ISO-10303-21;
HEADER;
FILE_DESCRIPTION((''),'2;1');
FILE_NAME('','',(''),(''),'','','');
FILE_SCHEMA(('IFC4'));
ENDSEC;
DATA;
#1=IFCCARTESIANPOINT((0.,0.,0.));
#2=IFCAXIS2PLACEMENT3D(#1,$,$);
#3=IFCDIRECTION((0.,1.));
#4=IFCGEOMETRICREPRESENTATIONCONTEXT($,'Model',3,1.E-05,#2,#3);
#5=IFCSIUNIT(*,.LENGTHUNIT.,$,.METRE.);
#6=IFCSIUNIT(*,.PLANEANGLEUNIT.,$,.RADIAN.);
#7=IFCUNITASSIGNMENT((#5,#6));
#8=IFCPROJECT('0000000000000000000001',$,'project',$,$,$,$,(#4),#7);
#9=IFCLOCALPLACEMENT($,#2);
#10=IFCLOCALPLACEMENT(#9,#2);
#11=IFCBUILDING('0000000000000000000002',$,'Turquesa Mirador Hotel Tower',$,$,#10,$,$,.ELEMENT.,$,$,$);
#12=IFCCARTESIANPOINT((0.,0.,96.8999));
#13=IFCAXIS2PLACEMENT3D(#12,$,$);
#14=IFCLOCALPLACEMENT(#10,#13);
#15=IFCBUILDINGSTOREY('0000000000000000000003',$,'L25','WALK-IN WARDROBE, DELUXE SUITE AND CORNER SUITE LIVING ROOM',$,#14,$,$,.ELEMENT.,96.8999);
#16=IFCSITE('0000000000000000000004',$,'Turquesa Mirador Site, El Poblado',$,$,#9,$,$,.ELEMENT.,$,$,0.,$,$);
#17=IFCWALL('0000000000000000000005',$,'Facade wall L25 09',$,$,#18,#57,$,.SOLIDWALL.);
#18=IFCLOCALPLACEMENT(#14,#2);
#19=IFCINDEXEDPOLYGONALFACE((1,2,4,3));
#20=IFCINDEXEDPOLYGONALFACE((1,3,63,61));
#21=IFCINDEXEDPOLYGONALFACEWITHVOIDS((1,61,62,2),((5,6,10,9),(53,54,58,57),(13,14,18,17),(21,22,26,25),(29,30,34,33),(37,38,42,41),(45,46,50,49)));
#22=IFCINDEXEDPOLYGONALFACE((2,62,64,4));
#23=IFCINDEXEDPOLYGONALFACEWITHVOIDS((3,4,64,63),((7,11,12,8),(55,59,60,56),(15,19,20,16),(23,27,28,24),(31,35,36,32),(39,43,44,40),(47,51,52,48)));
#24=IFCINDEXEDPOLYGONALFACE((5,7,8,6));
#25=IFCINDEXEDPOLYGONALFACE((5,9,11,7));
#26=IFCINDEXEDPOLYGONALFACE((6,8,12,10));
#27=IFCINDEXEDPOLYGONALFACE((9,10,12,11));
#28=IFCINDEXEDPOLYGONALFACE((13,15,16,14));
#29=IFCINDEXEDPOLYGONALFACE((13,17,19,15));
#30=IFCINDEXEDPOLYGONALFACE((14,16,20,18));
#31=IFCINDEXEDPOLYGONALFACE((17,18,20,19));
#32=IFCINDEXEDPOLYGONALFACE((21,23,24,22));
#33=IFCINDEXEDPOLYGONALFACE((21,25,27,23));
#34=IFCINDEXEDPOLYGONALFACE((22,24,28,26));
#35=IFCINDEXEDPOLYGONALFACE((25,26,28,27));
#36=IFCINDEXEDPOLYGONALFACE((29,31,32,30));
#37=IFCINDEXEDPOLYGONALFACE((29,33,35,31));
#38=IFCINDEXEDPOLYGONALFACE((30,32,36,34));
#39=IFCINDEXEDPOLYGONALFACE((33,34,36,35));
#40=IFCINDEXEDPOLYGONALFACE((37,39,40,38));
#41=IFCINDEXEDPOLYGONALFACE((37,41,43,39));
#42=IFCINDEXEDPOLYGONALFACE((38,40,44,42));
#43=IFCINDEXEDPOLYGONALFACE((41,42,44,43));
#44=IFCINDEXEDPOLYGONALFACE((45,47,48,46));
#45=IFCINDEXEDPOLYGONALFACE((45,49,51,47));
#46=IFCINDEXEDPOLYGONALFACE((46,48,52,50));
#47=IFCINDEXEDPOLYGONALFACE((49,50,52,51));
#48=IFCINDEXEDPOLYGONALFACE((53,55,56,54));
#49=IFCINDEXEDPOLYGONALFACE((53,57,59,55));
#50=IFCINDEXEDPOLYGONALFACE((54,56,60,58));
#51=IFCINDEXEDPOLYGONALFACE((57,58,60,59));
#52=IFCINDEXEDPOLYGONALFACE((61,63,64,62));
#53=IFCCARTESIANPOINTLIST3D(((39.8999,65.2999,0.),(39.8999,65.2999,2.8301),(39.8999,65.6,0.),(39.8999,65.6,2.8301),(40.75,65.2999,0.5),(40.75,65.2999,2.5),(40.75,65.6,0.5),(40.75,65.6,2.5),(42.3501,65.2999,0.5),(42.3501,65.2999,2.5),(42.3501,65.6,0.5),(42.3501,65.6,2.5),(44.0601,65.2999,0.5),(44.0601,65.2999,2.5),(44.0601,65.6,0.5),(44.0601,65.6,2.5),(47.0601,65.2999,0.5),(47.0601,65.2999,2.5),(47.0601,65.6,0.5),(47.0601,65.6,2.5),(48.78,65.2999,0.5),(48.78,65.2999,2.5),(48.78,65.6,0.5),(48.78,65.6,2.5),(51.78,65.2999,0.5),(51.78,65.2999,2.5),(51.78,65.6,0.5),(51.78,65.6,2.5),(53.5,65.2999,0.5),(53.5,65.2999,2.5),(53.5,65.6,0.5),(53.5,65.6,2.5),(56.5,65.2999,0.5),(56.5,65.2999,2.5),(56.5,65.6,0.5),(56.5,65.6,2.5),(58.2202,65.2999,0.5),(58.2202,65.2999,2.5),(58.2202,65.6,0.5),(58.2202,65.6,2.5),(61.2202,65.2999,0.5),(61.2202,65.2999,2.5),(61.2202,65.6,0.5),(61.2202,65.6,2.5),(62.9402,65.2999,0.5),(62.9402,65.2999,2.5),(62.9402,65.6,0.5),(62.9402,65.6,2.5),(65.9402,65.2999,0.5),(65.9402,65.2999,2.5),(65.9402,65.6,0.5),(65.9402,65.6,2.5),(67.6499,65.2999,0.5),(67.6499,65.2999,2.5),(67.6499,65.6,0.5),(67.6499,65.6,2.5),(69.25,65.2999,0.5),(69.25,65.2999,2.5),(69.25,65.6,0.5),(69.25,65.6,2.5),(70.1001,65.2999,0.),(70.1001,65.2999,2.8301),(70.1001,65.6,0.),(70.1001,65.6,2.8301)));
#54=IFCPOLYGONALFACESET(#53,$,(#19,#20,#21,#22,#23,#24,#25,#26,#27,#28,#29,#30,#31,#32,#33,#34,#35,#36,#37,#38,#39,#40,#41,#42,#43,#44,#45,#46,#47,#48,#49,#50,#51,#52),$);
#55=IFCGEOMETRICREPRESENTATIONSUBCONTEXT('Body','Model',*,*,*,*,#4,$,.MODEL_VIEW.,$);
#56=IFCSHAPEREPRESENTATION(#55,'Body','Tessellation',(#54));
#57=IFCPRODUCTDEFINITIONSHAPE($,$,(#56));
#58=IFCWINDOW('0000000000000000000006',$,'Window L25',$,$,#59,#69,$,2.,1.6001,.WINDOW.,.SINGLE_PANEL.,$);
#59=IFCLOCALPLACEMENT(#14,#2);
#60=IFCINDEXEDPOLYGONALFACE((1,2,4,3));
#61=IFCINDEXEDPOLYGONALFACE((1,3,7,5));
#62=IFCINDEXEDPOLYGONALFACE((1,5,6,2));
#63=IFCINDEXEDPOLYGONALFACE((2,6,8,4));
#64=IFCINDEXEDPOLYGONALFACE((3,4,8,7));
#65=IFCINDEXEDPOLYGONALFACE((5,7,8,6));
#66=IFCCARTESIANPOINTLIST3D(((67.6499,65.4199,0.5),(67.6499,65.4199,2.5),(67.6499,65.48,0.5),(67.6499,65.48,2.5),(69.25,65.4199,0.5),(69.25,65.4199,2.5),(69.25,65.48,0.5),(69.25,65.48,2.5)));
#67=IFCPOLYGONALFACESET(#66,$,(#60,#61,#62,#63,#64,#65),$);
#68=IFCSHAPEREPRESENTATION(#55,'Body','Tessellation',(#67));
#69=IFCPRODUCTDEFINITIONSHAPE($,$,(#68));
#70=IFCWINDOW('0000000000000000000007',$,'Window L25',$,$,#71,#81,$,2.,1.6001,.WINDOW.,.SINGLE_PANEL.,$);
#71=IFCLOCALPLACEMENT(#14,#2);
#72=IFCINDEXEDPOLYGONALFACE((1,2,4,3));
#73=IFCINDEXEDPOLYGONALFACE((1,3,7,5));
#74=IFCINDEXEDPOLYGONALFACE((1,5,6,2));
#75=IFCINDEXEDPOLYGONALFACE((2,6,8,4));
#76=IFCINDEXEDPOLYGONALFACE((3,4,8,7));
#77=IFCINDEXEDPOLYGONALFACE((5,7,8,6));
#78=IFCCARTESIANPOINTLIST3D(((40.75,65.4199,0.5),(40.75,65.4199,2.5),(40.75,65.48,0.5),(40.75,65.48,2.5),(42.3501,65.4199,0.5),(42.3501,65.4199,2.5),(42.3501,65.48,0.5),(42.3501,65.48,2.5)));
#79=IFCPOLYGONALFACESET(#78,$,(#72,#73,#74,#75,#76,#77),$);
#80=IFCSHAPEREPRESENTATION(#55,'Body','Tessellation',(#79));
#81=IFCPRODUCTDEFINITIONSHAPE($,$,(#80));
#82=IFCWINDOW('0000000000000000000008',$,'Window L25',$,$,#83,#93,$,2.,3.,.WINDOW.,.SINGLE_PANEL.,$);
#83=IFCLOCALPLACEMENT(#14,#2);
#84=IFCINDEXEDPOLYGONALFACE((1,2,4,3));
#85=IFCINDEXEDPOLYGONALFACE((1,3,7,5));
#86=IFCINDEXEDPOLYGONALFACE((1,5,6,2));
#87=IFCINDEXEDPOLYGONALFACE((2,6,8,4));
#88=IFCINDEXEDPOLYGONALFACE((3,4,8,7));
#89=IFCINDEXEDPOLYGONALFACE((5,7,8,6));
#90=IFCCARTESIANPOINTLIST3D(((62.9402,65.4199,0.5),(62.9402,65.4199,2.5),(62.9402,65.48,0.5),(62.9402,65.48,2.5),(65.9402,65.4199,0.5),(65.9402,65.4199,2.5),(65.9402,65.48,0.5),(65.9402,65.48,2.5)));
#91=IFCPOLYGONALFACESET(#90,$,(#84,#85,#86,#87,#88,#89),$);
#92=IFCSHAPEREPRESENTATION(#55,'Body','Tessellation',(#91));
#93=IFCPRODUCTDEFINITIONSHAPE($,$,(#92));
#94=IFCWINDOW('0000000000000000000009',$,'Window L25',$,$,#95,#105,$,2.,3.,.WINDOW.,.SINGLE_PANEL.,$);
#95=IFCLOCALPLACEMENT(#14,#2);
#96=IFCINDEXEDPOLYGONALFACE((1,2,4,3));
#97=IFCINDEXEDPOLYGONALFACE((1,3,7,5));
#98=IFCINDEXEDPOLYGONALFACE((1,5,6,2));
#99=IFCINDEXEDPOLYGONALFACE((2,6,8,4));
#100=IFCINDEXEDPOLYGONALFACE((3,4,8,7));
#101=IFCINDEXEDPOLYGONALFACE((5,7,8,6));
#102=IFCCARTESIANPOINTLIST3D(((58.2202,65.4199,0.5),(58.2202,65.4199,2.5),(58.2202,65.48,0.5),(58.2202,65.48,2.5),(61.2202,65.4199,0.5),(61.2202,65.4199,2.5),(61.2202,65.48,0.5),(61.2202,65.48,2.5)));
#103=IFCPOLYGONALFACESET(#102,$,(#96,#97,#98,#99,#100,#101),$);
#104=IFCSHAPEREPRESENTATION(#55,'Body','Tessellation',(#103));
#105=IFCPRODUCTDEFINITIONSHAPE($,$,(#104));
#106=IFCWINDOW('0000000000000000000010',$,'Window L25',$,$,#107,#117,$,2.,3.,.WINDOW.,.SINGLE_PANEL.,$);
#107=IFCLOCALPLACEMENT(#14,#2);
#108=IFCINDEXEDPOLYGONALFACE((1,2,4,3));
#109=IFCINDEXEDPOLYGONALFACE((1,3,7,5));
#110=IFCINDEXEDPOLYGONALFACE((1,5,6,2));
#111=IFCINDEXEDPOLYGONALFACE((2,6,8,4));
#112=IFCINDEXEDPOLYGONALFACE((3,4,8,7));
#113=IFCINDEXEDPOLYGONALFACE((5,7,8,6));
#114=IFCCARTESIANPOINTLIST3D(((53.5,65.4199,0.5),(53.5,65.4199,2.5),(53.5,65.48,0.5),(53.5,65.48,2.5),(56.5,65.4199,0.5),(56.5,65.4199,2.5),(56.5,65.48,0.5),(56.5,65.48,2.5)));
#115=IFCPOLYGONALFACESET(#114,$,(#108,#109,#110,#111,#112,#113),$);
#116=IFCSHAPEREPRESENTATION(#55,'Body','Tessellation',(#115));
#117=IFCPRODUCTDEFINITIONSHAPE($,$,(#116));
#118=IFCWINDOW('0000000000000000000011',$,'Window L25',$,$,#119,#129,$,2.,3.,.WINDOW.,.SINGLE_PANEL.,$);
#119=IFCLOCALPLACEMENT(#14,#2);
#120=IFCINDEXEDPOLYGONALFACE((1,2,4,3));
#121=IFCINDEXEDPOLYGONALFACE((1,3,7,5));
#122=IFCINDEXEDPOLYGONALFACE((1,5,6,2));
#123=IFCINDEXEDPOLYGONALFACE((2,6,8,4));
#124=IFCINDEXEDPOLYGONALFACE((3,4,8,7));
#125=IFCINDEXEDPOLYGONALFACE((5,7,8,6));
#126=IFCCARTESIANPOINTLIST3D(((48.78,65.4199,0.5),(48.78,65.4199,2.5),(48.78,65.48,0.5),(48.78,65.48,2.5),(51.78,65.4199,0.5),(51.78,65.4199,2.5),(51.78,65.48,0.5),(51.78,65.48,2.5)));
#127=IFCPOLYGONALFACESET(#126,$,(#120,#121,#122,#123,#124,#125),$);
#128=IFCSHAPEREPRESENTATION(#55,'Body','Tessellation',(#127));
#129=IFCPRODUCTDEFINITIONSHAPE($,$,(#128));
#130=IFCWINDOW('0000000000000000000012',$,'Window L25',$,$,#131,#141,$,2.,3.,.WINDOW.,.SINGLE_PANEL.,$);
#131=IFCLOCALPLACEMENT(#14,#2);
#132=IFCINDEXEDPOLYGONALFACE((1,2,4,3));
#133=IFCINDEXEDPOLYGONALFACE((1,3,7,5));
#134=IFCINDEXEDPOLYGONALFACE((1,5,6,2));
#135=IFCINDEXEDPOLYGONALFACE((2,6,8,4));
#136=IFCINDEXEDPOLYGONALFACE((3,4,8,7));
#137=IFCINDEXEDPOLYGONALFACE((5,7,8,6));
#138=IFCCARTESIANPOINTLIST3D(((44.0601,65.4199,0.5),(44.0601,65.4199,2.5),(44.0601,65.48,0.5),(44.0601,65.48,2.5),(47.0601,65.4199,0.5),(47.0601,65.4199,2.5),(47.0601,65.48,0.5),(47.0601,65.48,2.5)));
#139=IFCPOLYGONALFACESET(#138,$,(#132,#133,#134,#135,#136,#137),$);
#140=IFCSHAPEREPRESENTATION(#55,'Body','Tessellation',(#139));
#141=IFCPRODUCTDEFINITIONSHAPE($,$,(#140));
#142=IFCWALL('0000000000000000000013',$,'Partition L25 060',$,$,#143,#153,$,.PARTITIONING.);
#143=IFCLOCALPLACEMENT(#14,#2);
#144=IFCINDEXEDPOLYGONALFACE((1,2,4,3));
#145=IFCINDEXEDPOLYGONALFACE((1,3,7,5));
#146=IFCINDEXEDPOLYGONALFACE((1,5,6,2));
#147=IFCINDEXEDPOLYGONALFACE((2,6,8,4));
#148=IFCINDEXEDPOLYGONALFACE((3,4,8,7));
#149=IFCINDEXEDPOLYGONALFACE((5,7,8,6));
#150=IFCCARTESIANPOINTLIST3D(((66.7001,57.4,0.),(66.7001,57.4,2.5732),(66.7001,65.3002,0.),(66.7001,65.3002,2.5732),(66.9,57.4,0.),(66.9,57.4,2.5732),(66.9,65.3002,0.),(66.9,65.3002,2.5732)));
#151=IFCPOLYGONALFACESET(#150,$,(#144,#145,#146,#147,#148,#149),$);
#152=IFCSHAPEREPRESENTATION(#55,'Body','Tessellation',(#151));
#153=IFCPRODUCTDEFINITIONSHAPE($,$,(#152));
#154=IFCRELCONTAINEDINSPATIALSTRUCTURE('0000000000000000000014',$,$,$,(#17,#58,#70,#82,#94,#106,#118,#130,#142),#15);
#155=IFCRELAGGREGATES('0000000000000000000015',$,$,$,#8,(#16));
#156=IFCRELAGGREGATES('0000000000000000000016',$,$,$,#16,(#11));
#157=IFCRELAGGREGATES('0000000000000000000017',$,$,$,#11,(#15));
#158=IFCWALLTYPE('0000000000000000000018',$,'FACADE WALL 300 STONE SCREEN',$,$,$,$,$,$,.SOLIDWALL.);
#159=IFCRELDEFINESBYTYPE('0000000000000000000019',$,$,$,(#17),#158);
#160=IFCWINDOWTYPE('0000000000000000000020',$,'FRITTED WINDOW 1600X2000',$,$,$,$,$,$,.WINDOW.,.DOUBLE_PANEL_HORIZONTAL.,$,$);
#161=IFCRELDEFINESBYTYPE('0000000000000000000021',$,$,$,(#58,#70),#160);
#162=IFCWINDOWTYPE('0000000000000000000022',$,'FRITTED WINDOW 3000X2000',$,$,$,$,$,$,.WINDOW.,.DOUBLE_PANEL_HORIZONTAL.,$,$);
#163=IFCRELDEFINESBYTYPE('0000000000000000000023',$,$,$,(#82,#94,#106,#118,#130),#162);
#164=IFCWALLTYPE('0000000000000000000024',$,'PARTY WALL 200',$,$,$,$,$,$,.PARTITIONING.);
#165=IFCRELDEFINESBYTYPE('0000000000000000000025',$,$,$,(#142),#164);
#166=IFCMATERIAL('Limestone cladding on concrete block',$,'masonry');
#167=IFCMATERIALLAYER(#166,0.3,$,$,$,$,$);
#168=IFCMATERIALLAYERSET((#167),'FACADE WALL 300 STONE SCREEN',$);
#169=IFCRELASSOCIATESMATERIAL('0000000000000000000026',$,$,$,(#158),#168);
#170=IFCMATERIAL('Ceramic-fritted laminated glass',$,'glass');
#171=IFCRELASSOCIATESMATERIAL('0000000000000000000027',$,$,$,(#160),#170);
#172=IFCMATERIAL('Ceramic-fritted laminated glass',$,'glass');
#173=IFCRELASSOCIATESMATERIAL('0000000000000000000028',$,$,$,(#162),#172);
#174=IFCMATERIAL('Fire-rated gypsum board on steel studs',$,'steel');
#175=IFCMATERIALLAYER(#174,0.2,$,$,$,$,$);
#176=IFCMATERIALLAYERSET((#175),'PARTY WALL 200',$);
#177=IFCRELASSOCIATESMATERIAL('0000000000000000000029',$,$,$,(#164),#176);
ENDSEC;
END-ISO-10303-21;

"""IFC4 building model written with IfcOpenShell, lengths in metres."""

from ifc_helpers import new_model, si_unit, direction, frame, frame_2d, origin, place, context, subcontext, project, spatial, rectangle, extrude, material, layer, layer_set, type_object, element, fill, save


model = new_model("IFC4")

# Units and contexts
model_context = context("Model", 3, precision=1e-05, world=origin(), true_north=direction((0.0, 1.0)))
body_context = subcontext(model_context, "Body", "Model", "MODEL_VIEW")
ifc_project = project(units=[si_unit("LENGTHUNIT", "METRE"), si_unit("PLANEANGLEUNIT", "RADIAN")], contexts=[model_context])

# Site, building, storey
site_placement = place(None, origin())
site = spatial("IfcSite", under=ifc_project, at=site_placement, Name="Turquesa Mirador Site, El Poblado", CompositionType="ELEMENT", RefElevation=0.0)
building_placement = place(site_placement, origin())
building = spatial("IfcBuilding", under=site, at=building_placement, Name="Turquesa Mirador Hotel Tower", CompositionType="ELEMENT")
storey_placement = place(building_placement, frame((0.0, 0.0, 96.8999)))
storey = spatial("IfcBuildingStorey", under=building, at=storey_placement, Name="L25", Description="WALK-IN WARDROBE, DELUXE SUITE AND CORNER SUITE LIVING ROOM", CompositionType="ELEMENT", Elevation=96.8999)

# Shared definitions
ifc_material_1 = material(Name="Limestone cladding on concrete block", Category="masonry")
ifc_layer_1 = layer(ifc_material_1, 0.3)
ifc_layer_set_1 = layer_set([ifc_layer_1], Name="FACADE WALL 300 STONE SCREEN")
wall_type_1 = type_object("IfcWallType", Name="FACADE WALL 300 STONE SCREEN", PredefinedType="SOLIDWALL", material=ifc_layer_set_1)

# Wall, openings, windows
wall_1_placement = place(storey_placement, frame((70.1001, 65.45, 0.0), z_axis=(0.0, 0.0, 1.0), x_axis=(-1.0, 0.0, 0.0)))
wall_1 = element("IfcWall", 1, at=wall_1_placement, inside=storey, type_object=wall_type_1, Name="Facade wall L25 09", PredefinedType="SOLIDWALL", context=body_context, shape_type="SweptSolid", body=[
    extrude(rectangle(XDim=30.2002, YDim=0.3, at=frame_2d((15.1001, 0.0))), origin(), (0.0, 0.0, 1.0), 2.8301),
])
opening_1_placement = place(wall_1_placement, frame((0.8501, 0.0, 0.5)))
opening_1 = element("IfcOpeningElement", 2, at=opening_1_placement, cuts=wall_1, PredefinedType="OPENING", context=body_context, shape_type="SweptSolid", body=[
    extrude(rectangle(XDim=1.6001, YDim=2.0, at=frame_2d((0.8, 1.0))), frame((0.0, 0.1599, 0.0), z_axis=(0.0, -1.0, 0.0), x_axis=(1.0, 0.0, 0.0)), (0.0, 0.0, 1.0), 0.3201),
])
opening_2_placement = place(wall_1_placement, frame((4.1599, 0.0, 0.5)))
opening_2 = element("IfcOpeningElement", 3, at=opening_2_placement, cuts=wall_1, PredefinedType="OPENING", context=body_context, shape_type="SweptSolid", body=[
    extrude(rectangle(XDim=3.0, YDim=2.0, at=frame_2d((1.5, 1.0))), frame((0.0, 0.1599, 0.0), z_axis=(0.0, -1.0, 0.0), x_axis=(1.0, 0.0, 0.0)), (0.0, 0.0, 1.0), 0.3201),
])
opening_3_placement = place(wall_1_placement, frame((8.8799, 0.0, 0.5)))
opening_3 = element("IfcOpeningElement", 4, at=opening_3_placement, cuts=wall_1, PredefinedType="OPENING", context=body_context, shape_type="SweptSolid", body=[
    extrude(rectangle(XDim=3.0, YDim=2.0, at=frame_2d((1.5, 1.0))), frame((0.0, 0.1599, 0.0), z_axis=(0.0, -1.0, 0.0), x_axis=(1.0, 0.0, 0.0)), (0.0, 0.0, 1.0), 0.3201),
])
opening_4_placement = place(wall_1_placement, frame((13.6001, 0.0, 0.5)))
opening_4 = element("IfcOpeningElement", 5, at=opening_4_placement, cuts=wall_1, PredefinedType="OPENING", context=body_context, shape_type="SweptSolid", body=[
    extrude(rectangle(XDim=3.0, YDim=2.0, at=frame_2d((1.5, 1.0))), frame((0.0, 0.1599, 0.0), z_axis=(0.0, -1.0, 0.0), x_axis=(1.0, 0.0, 0.0)), (0.0, 0.0, 1.0), 0.3201),
])
opening_5_placement = place(wall_1_placement, frame((18.3201, 0.0, 0.5)))
opening_5 = element("IfcOpeningElement", 6, at=opening_5_placement, cuts=wall_1, PredefinedType="OPENING", context=body_context, shape_type="SweptSolid", body=[
    extrude(rectangle(XDim=3.0, YDim=2.0, at=frame_2d((1.5, 1.0))), frame((0.0, 0.1599, 0.0), z_axis=(0.0, -1.0, 0.0), x_axis=(1.0, 0.0, 0.0)), (0.0, 0.0, 1.0), 0.3201),
])
opening_6_placement = place(wall_1_placement, frame((23.04, 0.0, 0.5)))
opening_6 = element("IfcOpeningElement", 7, at=opening_6_placement, cuts=wall_1, PredefinedType="OPENING", context=body_context, shape_type="SweptSolid", body=[
    extrude(rectangle(XDim=3.0, YDim=2.0, at=frame_2d((1.5, 1.0))), frame((0.0, 0.1599, 0.0), z_axis=(0.0, -1.0, 0.0), x_axis=(1.0, 0.0, 0.0)), (0.0, 0.0, 1.0), 0.3201),
])
opening_7_placement = place(wall_1_placement, frame((27.75, 0.0, 0.5)))
opening_7 = element("IfcOpeningElement", 8, at=opening_7_placement, cuts=wall_1, PredefinedType="OPENING", context=body_context, shape_type="SweptSolid", body=[
    extrude(rectangle(XDim=1.6001, YDim=2.0, at=frame_2d((0.8, 1.0))), frame((0.0, 0.1599, 0.0), z_axis=(0.0, -1.0, 0.0), x_axis=(1.0, 0.0, 0.0)), (0.0, 0.0, 1.0), 0.3201),
])
ifc_material_2 = material(Name="Ceramic-fritted laminated glass", Category="glass")
window_type_1 = type_object("IfcWindowType", Name="FRITTED WINDOW 1600X2000", PartitioningType="DOUBLE_PANEL_HORIZONTAL", PredefinedType="WINDOW", material=ifc_material_2)
window_1_placement = place(opening_1_placement, origin())
window_1 = element("IfcWindow", 9, at=window_1_placement, inside=storey, type_object=window_type_1, Name="Window L25", OverallHeight=2.0, OverallWidth=1.6001, PartitioningType="SINGLE_PANEL", PredefinedType="WINDOW", context=body_context, shape_type="SweptSolid", body=[
    extrude(rectangle(XDim=1.6001, YDim=2.0, at=frame_2d((0.8, 1.0))), frame((0.0, 0.03, 0.0), z_axis=(0.0, -1.0, 0.0), x_axis=(1.0, 0.0, 0.0)), (0.0, 0.0, 1.0), 0.0601),
])
fill(opening_1, window_1)
window_2_placement = place(opening_7_placement, origin())
window_2 = element("IfcWindow", 10, at=window_2_placement, inside=storey, type_object=window_type_1, Name="Window L25", OverallHeight=2.0, OverallWidth=1.6001, PartitioningType="SINGLE_PANEL", PredefinedType="WINDOW", context=body_context, shape_type="SweptSolid", body=[
    extrude(rectangle(XDim=1.6001, YDim=2.0, at=frame_2d((0.8, 1.0))), frame((0.0, 0.03, 0.0), z_axis=(0.0, -1.0, 0.0), x_axis=(1.0, 0.0, 0.0)), (0.0, 0.0, 1.0), 0.0601),
])
fill(opening_7, window_2)
ifc_material_3 = material(Name="Ceramic-fritted laminated glass", Category="glass")
window_type_2 = type_object("IfcWindowType", Name="FRITTED WINDOW 3000X2000", PartitioningType="DOUBLE_PANEL_HORIZONTAL", PredefinedType="WINDOW", material=ifc_material_3)
window_3_placement = place(opening_2_placement, origin())
window_3 = element("IfcWindow", 11, at=window_3_placement, inside=storey, type_object=window_type_2, Name="Window L25", OverallHeight=2.0, OverallWidth=3.0, PartitioningType="SINGLE_PANEL", PredefinedType="WINDOW", context=body_context, shape_type="SweptSolid", body=[
    extrude(rectangle(XDim=3.0, YDim=2.0, at=frame_2d((1.5, 1.0))), frame((0.0, 0.03, 0.0), z_axis=(0.0, -1.0, 0.0), x_axis=(1.0, 0.0, 0.0)), (0.0, 0.0, 1.0), 0.0601),
])
fill(opening_2, window_3)
window_4_placement = place(opening_3_placement, origin())
window_4 = element("IfcWindow", 12, at=window_4_placement, inside=storey, type_object=window_type_2, Name="Window L25", OverallHeight=2.0, OverallWidth=3.0, PartitioningType="SINGLE_PANEL", PredefinedType="WINDOW", context=body_context, shape_type="SweptSolid", body=[
    extrude(rectangle(XDim=3.0, YDim=2.0, at=frame_2d((1.5, 1.0))), frame((0.0, 0.03, 0.0), z_axis=(0.0, -1.0, 0.0), x_axis=(1.0, 0.0, 0.0)), (0.0, 0.0, 1.0), 0.0601),
])
fill(opening_3, window_4)
window_5_placement = place(opening_4_placement, origin())
window_5 = element("IfcWindow", 13, at=window_5_placement, inside=storey, type_object=window_type_2, Name="Window L25", OverallHeight=2.0, OverallWidth=3.0, PartitioningType="SINGLE_PANEL", PredefinedType="WINDOW", context=body_context, shape_type="SweptSolid", body=[
    extrude(rectangle(XDim=3.0, YDim=2.0, at=frame_2d((1.5, 1.0))), frame((0.0, 0.03, 0.0), z_axis=(0.0, -1.0, 0.0), x_axis=(1.0, 0.0, 0.0)), (0.0, 0.0, 1.0), 0.0601),
])
fill(opening_4, window_5)
window_6_placement = place(opening_5_placement, origin())
window_6 = element("IfcWindow", 14, at=window_6_placement, inside=storey, type_object=window_type_2, Name="Window L25", OverallHeight=2.0, OverallWidth=3.0, PartitioningType="SINGLE_PANEL", PredefinedType="WINDOW", context=body_context, shape_type="SweptSolid", body=[
    extrude(rectangle(XDim=3.0, YDim=2.0, at=frame_2d((1.5, 1.0))), frame((0.0, 0.03, 0.0), z_axis=(0.0, -1.0, 0.0), x_axis=(1.0, 0.0, 0.0)), (0.0, 0.0, 1.0), 0.0601),
])
fill(opening_5, window_6)
window_7_placement = place(opening_6_placement, origin())
window_7 = element("IfcWindow", 15, at=window_7_placement, inside=storey, type_object=window_type_2, Name="Window L25", OverallHeight=2.0, OverallWidth=3.0, PartitioningType="SINGLE_PANEL", PredefinedType="WINDOW", context=body_context, shape_type="SweptSolid", body=[
    extrude(rectangle(XDim=3.0, YDim=2.0, at=frame_2d((1.5, 1.0))), frame((0.0, 0.03, 0.0), z_axis=(0.0, -1.0, 0.0), x_axis=(1.0, 0.0, 0.0)), (0.0, 0.0, 1.0), 0.0601),
])
fill(opening_6, window_7)

# Wall
ifc_material_4 = material(Name="Fire-rated gypsum board on steel studs", Category="steel")
ifc_layer_2 = layer(ifc_material_4, 0.2)
ifc_layer_set_2 = layer_set([ifc_layer_2], Name="PARTY WALL 200")
wall_type_2 = type_object("IfcWallType", Name="PARTY WALL 200", PredefinedType="PARTITIONING", material=ifc_layer_set_2)
wall_2_placement = place(storey_placement, frame((66.8, 57.3999, 0.0), z_axis=(0.0, 0.0, 1.0), x_axis=(0.0, 1.0, 0.0)))
element("IfcWall", 16, at=wall_2_placement, inside=storey, type_object=wall_type_2, Name="Partition L25 060", PredefinedType="PARTITIONING", context=body_context, shape_type="SweptSolid", body=[
    extrude(rectangle(XDim=7.9001, YDim=0.2, at=frame_2d((3.9502, 0.0))), origin(), (0.0, 0.0, 1.0), 2.5732),
])

save(model, "model.ifc")
